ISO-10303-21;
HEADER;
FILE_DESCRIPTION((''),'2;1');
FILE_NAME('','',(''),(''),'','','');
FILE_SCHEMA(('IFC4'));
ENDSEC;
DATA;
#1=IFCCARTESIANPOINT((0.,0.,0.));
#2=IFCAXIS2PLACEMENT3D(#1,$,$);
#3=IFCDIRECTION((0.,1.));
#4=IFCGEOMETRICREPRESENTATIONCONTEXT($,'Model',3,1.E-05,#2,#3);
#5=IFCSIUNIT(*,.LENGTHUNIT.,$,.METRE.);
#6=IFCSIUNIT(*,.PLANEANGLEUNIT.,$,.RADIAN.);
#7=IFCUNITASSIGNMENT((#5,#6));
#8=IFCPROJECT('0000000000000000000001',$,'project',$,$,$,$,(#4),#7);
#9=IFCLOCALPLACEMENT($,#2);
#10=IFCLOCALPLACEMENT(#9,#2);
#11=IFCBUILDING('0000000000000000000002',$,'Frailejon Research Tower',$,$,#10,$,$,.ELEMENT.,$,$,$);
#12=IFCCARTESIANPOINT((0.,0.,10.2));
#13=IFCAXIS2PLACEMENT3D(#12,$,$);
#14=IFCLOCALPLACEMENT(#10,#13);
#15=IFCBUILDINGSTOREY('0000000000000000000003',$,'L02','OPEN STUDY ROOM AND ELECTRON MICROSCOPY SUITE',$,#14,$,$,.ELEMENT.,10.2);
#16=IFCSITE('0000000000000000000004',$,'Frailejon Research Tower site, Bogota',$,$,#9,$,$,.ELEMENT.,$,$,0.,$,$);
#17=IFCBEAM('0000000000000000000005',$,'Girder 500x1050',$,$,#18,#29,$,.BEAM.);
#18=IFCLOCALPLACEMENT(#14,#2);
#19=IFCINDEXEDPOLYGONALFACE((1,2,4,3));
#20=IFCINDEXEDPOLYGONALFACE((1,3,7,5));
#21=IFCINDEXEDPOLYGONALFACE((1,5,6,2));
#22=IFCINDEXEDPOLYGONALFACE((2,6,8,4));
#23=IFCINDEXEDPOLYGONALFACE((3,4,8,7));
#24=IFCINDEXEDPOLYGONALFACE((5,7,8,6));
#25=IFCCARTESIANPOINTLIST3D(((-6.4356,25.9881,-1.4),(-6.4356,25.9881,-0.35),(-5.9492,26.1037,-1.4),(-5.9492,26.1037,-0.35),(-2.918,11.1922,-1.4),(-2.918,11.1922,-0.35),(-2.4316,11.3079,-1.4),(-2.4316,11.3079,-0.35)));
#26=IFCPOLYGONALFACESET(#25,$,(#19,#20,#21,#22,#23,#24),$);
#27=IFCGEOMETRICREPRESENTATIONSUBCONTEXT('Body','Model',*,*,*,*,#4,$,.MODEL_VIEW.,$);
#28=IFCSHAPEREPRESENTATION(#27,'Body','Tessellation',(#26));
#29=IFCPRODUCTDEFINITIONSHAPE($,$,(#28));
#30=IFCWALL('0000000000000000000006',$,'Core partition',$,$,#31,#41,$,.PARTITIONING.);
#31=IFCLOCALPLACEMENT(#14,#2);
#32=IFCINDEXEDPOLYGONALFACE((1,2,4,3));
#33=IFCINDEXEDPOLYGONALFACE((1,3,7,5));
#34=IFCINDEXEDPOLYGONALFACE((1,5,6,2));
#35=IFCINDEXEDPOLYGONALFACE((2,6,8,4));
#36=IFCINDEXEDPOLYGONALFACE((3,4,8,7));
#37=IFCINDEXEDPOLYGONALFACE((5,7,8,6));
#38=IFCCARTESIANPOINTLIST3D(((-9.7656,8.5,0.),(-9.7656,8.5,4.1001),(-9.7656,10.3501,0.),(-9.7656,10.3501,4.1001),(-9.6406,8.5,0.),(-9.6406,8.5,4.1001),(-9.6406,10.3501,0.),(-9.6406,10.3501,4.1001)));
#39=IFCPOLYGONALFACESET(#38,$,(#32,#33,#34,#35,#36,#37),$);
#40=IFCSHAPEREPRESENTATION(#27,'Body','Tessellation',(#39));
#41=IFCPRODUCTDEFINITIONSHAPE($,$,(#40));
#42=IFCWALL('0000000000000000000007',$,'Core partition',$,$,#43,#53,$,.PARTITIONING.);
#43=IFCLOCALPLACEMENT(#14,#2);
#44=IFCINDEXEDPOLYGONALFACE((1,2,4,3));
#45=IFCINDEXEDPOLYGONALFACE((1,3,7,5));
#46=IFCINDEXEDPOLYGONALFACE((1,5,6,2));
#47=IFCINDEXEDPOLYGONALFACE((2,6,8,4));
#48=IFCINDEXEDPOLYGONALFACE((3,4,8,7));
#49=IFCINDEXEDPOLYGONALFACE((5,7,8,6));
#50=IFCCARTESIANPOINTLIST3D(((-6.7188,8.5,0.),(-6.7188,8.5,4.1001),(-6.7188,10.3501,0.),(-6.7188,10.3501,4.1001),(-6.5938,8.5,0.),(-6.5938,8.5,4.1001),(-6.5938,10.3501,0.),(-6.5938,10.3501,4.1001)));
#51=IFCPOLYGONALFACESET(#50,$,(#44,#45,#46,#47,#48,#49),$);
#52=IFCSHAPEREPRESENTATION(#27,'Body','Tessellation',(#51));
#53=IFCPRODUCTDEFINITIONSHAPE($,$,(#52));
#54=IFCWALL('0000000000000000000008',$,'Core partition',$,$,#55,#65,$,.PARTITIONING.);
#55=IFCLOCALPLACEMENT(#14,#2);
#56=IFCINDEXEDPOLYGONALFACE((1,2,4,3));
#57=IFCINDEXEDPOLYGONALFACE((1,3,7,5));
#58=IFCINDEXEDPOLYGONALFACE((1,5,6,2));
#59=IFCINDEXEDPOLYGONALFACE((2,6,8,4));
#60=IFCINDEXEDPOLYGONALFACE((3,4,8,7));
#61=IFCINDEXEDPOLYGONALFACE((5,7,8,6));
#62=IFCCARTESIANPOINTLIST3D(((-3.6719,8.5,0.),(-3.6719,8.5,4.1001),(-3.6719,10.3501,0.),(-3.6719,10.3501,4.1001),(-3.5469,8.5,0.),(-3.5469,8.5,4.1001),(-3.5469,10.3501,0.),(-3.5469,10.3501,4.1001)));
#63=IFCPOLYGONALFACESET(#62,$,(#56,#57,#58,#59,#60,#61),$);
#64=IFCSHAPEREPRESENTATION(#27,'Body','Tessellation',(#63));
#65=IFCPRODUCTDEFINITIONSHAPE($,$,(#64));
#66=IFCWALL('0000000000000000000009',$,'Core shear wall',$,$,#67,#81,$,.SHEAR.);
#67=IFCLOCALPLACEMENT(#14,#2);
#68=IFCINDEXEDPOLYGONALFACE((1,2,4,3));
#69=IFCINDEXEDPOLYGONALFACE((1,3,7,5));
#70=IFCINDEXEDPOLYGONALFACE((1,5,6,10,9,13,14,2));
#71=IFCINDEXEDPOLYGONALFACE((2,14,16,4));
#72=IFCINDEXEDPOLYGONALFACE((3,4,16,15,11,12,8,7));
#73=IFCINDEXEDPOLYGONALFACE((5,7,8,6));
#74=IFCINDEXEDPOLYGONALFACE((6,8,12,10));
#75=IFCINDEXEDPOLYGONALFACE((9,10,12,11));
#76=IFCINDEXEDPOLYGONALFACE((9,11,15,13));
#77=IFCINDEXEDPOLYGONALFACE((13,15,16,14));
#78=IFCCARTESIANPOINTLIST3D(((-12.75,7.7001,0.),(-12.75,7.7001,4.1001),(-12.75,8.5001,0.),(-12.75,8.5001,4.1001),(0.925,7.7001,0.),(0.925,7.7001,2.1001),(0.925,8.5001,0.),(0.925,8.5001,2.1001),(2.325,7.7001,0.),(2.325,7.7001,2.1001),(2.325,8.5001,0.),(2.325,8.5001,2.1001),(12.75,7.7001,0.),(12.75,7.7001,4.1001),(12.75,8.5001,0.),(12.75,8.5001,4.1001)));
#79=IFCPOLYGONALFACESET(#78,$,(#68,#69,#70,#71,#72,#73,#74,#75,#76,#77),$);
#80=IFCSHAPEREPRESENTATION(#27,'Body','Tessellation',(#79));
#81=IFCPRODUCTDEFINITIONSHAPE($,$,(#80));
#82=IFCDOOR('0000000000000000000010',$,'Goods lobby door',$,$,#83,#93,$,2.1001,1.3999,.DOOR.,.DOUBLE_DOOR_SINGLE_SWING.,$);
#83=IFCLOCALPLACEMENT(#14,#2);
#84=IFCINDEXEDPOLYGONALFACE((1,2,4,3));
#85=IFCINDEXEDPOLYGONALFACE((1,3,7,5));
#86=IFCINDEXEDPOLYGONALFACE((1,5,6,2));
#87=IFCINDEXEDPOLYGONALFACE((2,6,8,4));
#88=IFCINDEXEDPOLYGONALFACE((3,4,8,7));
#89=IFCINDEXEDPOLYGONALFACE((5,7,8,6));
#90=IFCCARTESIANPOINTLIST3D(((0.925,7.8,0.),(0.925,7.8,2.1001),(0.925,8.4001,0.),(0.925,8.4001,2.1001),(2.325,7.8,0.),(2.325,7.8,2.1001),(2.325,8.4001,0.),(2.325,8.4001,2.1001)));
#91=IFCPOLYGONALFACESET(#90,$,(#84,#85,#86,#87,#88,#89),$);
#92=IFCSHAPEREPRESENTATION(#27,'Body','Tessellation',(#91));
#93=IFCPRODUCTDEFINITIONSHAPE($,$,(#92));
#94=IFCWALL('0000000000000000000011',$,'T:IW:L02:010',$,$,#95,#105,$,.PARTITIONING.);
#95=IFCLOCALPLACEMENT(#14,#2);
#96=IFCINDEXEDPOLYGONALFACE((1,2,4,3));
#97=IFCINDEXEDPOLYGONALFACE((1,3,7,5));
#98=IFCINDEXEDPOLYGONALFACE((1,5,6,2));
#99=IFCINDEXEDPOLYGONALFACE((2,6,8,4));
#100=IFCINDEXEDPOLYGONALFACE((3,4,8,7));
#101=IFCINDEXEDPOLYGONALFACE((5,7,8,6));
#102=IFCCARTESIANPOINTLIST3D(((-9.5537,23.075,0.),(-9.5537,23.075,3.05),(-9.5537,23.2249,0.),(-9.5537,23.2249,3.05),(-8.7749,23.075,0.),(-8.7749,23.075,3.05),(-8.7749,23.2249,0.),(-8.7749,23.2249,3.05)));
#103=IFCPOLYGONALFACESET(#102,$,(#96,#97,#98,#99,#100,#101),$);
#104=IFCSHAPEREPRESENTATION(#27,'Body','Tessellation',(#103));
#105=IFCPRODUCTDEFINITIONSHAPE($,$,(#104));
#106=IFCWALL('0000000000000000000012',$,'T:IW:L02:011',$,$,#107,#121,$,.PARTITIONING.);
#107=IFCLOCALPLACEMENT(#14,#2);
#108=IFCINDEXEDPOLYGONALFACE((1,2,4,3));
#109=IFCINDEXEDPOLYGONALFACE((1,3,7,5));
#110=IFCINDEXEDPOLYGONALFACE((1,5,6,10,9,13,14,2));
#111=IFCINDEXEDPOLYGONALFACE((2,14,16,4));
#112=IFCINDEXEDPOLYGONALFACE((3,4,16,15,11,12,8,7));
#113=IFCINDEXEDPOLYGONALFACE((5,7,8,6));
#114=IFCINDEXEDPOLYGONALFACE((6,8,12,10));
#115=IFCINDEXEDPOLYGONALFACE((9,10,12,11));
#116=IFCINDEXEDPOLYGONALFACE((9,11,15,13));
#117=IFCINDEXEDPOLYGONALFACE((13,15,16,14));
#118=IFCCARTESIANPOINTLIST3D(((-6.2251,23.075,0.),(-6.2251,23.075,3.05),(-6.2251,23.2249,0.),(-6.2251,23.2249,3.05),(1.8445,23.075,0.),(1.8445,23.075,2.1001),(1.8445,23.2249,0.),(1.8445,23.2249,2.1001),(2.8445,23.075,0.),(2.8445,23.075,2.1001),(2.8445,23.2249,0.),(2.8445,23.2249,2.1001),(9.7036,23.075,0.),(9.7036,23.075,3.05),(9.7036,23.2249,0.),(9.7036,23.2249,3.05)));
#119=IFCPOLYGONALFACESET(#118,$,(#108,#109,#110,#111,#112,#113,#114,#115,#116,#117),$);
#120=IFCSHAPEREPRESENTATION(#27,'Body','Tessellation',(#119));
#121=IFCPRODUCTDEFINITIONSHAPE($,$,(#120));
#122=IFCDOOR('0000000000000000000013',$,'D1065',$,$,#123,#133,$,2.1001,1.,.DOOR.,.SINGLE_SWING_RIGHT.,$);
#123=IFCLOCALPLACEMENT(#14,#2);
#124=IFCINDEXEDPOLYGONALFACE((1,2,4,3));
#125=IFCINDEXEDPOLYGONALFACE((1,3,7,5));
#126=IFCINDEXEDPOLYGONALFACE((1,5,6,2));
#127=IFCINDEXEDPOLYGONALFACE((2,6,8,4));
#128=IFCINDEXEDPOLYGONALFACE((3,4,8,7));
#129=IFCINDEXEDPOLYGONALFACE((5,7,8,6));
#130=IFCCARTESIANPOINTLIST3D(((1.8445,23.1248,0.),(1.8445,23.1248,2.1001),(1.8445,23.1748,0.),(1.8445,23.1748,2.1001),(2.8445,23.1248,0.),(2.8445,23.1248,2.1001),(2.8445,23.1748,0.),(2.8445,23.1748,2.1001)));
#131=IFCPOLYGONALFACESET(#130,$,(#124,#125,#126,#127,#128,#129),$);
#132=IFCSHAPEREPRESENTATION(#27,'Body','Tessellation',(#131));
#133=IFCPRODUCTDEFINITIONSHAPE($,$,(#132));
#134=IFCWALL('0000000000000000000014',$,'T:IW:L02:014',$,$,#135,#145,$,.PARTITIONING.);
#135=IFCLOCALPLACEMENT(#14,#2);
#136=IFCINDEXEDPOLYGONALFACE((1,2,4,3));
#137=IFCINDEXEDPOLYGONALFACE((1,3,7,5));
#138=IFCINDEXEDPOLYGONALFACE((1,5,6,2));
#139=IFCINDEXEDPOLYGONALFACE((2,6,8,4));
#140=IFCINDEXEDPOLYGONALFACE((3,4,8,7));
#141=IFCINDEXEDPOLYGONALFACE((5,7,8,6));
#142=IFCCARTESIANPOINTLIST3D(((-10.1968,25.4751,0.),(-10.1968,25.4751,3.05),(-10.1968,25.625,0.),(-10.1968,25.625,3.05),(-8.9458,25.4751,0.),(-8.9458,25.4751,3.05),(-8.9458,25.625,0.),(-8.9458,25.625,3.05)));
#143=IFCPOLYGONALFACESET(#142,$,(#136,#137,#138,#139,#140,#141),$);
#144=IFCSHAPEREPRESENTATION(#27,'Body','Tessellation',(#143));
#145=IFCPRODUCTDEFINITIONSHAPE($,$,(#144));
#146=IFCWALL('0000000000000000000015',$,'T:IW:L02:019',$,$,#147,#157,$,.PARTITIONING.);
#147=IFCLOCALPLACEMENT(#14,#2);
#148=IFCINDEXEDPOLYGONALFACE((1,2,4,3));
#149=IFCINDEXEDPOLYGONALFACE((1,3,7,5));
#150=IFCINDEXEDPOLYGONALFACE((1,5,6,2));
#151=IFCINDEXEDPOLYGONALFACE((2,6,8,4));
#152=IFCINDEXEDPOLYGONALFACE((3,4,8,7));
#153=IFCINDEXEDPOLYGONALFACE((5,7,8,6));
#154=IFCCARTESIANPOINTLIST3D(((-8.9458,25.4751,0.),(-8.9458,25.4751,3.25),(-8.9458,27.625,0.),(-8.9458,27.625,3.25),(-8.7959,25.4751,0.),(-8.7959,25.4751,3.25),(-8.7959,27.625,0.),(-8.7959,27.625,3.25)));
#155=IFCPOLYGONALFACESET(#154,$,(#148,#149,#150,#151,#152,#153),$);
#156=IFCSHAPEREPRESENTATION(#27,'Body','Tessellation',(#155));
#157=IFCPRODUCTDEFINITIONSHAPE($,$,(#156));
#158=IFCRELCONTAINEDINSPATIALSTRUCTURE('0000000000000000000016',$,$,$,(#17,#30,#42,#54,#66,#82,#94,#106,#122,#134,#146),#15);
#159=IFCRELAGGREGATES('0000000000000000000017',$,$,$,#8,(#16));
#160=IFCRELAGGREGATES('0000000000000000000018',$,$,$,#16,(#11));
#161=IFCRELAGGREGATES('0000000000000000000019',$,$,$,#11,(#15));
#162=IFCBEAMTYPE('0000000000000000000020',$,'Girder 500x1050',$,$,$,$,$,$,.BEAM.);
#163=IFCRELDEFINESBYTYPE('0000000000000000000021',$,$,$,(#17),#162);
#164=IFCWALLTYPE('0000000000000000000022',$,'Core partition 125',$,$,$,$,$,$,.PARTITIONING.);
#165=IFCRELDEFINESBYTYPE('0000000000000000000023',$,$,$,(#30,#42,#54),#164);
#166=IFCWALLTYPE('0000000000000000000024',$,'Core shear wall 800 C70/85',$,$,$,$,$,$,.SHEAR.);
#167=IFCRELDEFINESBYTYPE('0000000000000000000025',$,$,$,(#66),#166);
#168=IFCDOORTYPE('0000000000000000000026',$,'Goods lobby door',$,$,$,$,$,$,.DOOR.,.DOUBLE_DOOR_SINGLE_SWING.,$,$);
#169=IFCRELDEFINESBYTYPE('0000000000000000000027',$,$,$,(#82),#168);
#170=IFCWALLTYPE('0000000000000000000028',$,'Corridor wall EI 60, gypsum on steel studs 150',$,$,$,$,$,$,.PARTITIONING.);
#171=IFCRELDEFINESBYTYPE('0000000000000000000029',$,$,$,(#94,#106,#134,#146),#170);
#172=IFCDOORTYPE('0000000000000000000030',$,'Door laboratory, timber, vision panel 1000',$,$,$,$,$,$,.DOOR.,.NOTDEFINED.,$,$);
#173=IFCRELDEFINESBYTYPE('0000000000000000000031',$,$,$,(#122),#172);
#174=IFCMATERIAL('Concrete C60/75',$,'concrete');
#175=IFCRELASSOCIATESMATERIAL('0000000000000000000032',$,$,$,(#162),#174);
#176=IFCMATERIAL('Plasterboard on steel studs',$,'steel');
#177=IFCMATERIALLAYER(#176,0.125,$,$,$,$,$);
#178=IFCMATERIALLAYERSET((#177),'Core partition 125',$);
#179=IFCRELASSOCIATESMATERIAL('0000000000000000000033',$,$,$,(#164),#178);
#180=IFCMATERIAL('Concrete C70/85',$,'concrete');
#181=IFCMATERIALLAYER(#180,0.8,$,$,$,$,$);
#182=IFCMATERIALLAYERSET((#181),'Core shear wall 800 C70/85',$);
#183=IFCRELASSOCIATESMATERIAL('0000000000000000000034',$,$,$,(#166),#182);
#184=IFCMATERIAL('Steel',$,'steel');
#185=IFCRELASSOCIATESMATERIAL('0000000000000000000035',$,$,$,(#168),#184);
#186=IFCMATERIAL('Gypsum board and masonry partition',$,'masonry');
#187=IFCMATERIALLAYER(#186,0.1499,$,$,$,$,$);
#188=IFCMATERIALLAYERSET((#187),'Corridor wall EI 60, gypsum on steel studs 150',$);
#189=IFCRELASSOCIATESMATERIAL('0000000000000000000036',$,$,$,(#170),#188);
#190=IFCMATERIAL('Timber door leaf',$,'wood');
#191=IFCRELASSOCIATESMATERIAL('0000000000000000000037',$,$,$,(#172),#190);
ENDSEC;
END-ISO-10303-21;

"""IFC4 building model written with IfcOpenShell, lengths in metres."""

from ifc_helpers import new_model, si_unit, direction, frame, frame_2d, origin, origin_2d, place, context, subcontext, project, spatial, rectangle, extrude, material, layer, layer_set, material_profile, profile_set, type_object, element, fill, save


model = new_model("IFC4")

# Units and contexts
model_context = context("Model", 3, precision=1e-05, world=origin(), true_north=direction((0.0, 1.0)))
body_context = subcontext(model_context, "Body", "Model", "MODEL_VIEW")
ifc_project = project(units=[si_unit("LENGTHUNIT", "METRE"), si_unit("PLANEANGLEUNIT", "RADIAN")], contexts=[model_context])

# Site, building, storey
site_placement = place(None, origin())
site = spatial("IfcSite", under=ifc_project, at=site_placement, Name="Frailejon Research Tower site, Bogota", CompositionType="ELEMENT", RefElevation=0.0)
building_placement = place(site_placement, origin())
building = spatial("IfcBuilding", under=site, at=building_placement, Name="Frailejon Research Tower", CompositionType="ELEMENT")
storey_placement = place(building_placement, frame((0.0, 0.0, 10.2)))
storey = spatial("IfcBuildingStorey", under=building, at=storey_placement, Name="L02", Description="OPEN STUDY ROOM AND ELECTRON MICROSCOPY SUITE", CompositionType="ELEMENT", Elevation=10.2)

# Beam
ifc_material_1 = material(Name="Concrete C60/75", Category="concrete")
ifc_material_profile = material_profile(ifc_material_1, rectangle(XDim=0.5, YDim=1.05, at=origin_2d()), Name="Girder 500x1050")
ifc_profile_set = profile_set([ifc_material_profile], Name="Concrete C60/75")
beam_type = type_object("IfcBeamType", Name="Girder 500x1050", PredefinedType="BEAM", material=ifc_profile_set)
beam_placement = place(storey_placement, frame((-6.1924, 26.0459, -0.875), z_axis=(0.231294, -0.972884, 0.0), x_axis=(0.972884, 0.231294, 0.0)))
element("IfcBeam", 1, at=beam_placement, inside=storey, type_object=beam_type, Name="Girder 500x1050", PredefinedType="BEAM", context=body_context, shape_type="SweptSolid", body=[
    extrude(rectangle(XDim=0.5, YDim=1.05, at=origin_2d()), origin(), (0.0, 0.0, 1.0), 15.2083),
])

# Walls
ifc_material_2 = material(Name="Plasterboard on steel studs", Category="steel")
ifc_layer_1 = layer(ifc_material_2, 0.125)
ifc_layer_set_1 = layer_set([ifc_layer_1], Name="Core partition 125")
wall_type_1 = type_object("IfcWallType", Name="Core partition 125", PredefinedType="PARTITIONING", material=ifc_layer_set_1)
for number, where, z_axis, x_axis, name in (
    (2, (-9.7031, 8.5, 0.0), (0.0, 0.0, 1.0), (0.0, 1.0, 0.0), "Core partition"),
    (3, (-6.6562, 8.5, 0.0), (0.0, 0.0, 1.0), (0.0, 1.0, 0.0), "Core partition"),
    (4, (-3.6094, 8.5, 0.0), (0.0, 0.0, 1.0), (0.0, 1.0, 0.0), "Core partition"),
):
    element("IfcWall", number, at=place(storey_placement, frame(where, z_axis=z_axis, x_axis=x_axis)), inside=storey, type_object=wall_type_1, Name=name, PredefinedType="PARTITIONING", context=body_context, shape_type="SweptSolid", body=[
        extrude(rectangle(XDim=1.8501, YDim=0.125, at=frame_2d((0.925, 0.0))), origin(), (0.0, 0.0, 1.0), 4.1001),
    ])

# Wall, opening, door
ifc_material_3 = material(Name="Concrete C70/85", Category="concrete")
ifc_layer_2 = layer(ifc_material_3, 0.8)
ifc_layer_set_2 = layer_set([ifc_layer_2], Name="Core shear wall 800 C70/85")
wall_type_2 = type_object("IfcWallType", Name="Core shear wall 800 C70/85", PredefinedType="SHEAR", material=ifc_layer_set_2)
wall_1_placement = place(storey_placement, frame((-12.75, 8.1001, 0.0), z_axis=(0.0, 0.0, 1.0), x_axis=(1.0, 0.0, 0.0)))
wall_1 = element("IfcWall", 5, at=wall_1_placement, inside=storey, type_object=wall_type_2, Name="Core shear wall", PredefinedType="SHEAR", context=body_context, shape_type="SweptSolid", body=[
    extrude(rectangle(XDim=25.5, YDim=0.8, at=frame_2d((12.75, 0.0))), origin(), (0.0, 0.0, 1.0), 4.1001),
])
opening_1_placement = place(wall_1_placement, frame((13.675, 0.0, 0.0)))
opening_1 = element("IfcOpeningElement", 6, at=opening_1_placement, cuts=wall_1, PredefinedType="OPENING", context=body_context, shape_type="SweptSolid", body=[
    extrude(rectangle(XDim=1.3999, YDim=2.1001, at=frame_2d((0.7, 1.05))), frame((0.0, 0.4099, 0.0), z_axis=(0.0, -1.0, 0.0), x_axis=(1.0, 0.0, 0.0)), (0.0, 0.0, 1.0), 0.8201),
])
ifc_material_4 = material(Name="Steel", Category="steel")
door_type_1 = type_object("IfcDoorType", Name="Goods lobby door", OperationType="DOUBLE_DOOR_SINGLE_SWING", PredefinedType="DOOR", material=ifc_material_4)
door_1_placement = place(opening_1_placement, origin())
door_1 = element("IfcDoor", 7, at=door_1_placement, inside=storey, type_object=door_type_1, Name="Goods lobby door", OperationType="DOUBLE_DOOR_SINGLE_SWING", OverallHeight=2.1001, OverallWidth=1.3999, PredefinedType="DOOR", context=body_context, shape_type="SweptSolid", body=[
    extrude(rectangle(XDim=1.3999, YDim=2.1001, at=frame_2d((0.7, 1.05))), frame((0.0, 0.3, 0.0), z_axis=(0.0, -1.0, 0.0), x_axis=(1.0, 0.0, 0.0)), (0.0, 0.0, 1.0), 0.6001),
])
fill(opening_1, door_1)

# Wall
ifc_material_5 = material(Name="Gypsum board and masonry partition", Category="masonry")
ifc_layer_3 = layer(ifc_material_5, 0.1499)
ifc_layer_set_3 = layer_set([ifc_layer_3], Name="Corridor wall EI 60, gypsum on steel studs 150")
wall_type_3 = type_object("IfcWallType", Name="Corridor wall EI 60, gypsum on steel studs 150", PredefinedType="PARTITIONING", material=ifc_layer_set_3)
wall_2_placement = place(storey_placement, frame((-9.5537, 23.1499, 0.0), z_axis=(0.0, 0.0, 1.0), x_axis=(1.0, 0.0, 0.0)))
element("IfcWall", 8, at=wall_2_placement, inside=storey, type_object=wall_type_3, Name="T:IW:L02:010", PredefinedType="PARTITIONING", context=body_context, shape_type="SweptSolid", body=[
    extrude(rectangle(XDim=0.7788, YDim=0.1499, at=frame_2d((0.3894, 0.0))), origin(), (0.0, 0.0, 1.0), 3.05),
])

# Wall, opening, door
wall_3_placement = place(storey_placement, frame((-6.2251, 23.1499, 0.0), z_axis=(0.0, 0.0, 1.0), x_axis=(1.0, 0.0, 0.0)))
wall_3 = element("IfcWall", 9, at=wall_3_placement, inside=storey, type_object=wall_type_3, Name="T:IW:L02:011", PredefinedType="PARTITIONING", context=body_context, shape_type="SweptSolid", body=[
    extrude(rectangle(XDim=15.9287, YDim=0.1499, at=frame_2d((7.9644, 0.0))), origin(), (0.0, 0.0, 1.0), 3.05),
])
opening_2_placement = place(wall_3_placement, frame((8.0696, 0.0, 0.0)))
opening_2 = element("IfcOpeningElement", 10, at=opening_2_placement, cuts=wall_3, PredefinedType="OPENING", context=body_context, shape_type="SweptSolid", body=[
    extrude(rectangle(XDim=1.0, YDim=2.1001, at=frame_2d((0.5, 1.05))), frame((0.0, 0.085, 0.0), z_axis=(0.0, -1.0, 0.0), x_axis=(1.0, 0.0, 0.0)), (0.0, 0.0, 1.0), 0.1699),
])
ifc_material_6 = material(Name="Timber door leaf", Category="wood")
door_type_2 = type_object("IfcDoorType", Name="Door laboratory, timber, vision panel 1000", OperationType="NOTDEFINED", PredefinedType="DOOR", material=ifc_material_6)
door_2_placement = place(opening_2_placement, origin())
door_2 = element("IfcDoor", 11, at=door_2_placement, inside=storey, type_object=door_type_2, Name="D1065", OperationType="SINGLE_SWING_RIGHT", OverallHeight=2.1001, OverallWidth=1.0, PredefinedType="DOOR", context=body_context, shape_type="SweptSolid", body=[
    extrude(rectangle(XDim=1.0, YDim=2.1001, at=frame_2d((0.5, 1.05))), frame((0.0, 0.0249, 0.0), z_axis=(0.0, -1.0, 0.0), x_axis=(1.0, 0.0, 0.0)), (0.0, 0.0, 1.0), 0.05),
])
fill(opening_2, door_2)

# Walls
wall_4_placement = place(storey_placement, frame((-10.1968, 25.55, 0.0), z_axis=(0.0, 0.0, 1.0), x_axis=(1.0, 0.0, 0.0)))
element("IfcWall", 12, at=wall_4_placement, inside=storey, type_object=wall_type_3, Name="T:IW:L02:014", PredefinedType="PARTITIONING", context=body_context, shape_type="SweptSolid", body=[
    extrude(rectangle(XDim=1.251, YDim=0.1499, at=frame_2d((0.6255, 0.0))), origin(), (0.0, 0.0, 1.0), 3.05),
])
wall_5_placement = place(storey_placement, frame((-8.8708, 25.4751, 0.0), z_axis=(0.0, 0.0, 1.0), x_axis=(0.0, 1.0, 0.0)))
element("IfcWall", 13, at=wall_5_placement, inside=storey, type_object=wall_type_3, Name="T:IW:L02:019", PredefinedType="PARTITIONING", context=body_context, shape_type="SweptSolid", body=[
    extrude(rectangle(XDim=2.1499, YDim=0.1499, at=frame_2d((1.075, 0.0))), origin(), (0.0, 0.0, 1.0), 3.25),
])

save(model, "model.ifc")
